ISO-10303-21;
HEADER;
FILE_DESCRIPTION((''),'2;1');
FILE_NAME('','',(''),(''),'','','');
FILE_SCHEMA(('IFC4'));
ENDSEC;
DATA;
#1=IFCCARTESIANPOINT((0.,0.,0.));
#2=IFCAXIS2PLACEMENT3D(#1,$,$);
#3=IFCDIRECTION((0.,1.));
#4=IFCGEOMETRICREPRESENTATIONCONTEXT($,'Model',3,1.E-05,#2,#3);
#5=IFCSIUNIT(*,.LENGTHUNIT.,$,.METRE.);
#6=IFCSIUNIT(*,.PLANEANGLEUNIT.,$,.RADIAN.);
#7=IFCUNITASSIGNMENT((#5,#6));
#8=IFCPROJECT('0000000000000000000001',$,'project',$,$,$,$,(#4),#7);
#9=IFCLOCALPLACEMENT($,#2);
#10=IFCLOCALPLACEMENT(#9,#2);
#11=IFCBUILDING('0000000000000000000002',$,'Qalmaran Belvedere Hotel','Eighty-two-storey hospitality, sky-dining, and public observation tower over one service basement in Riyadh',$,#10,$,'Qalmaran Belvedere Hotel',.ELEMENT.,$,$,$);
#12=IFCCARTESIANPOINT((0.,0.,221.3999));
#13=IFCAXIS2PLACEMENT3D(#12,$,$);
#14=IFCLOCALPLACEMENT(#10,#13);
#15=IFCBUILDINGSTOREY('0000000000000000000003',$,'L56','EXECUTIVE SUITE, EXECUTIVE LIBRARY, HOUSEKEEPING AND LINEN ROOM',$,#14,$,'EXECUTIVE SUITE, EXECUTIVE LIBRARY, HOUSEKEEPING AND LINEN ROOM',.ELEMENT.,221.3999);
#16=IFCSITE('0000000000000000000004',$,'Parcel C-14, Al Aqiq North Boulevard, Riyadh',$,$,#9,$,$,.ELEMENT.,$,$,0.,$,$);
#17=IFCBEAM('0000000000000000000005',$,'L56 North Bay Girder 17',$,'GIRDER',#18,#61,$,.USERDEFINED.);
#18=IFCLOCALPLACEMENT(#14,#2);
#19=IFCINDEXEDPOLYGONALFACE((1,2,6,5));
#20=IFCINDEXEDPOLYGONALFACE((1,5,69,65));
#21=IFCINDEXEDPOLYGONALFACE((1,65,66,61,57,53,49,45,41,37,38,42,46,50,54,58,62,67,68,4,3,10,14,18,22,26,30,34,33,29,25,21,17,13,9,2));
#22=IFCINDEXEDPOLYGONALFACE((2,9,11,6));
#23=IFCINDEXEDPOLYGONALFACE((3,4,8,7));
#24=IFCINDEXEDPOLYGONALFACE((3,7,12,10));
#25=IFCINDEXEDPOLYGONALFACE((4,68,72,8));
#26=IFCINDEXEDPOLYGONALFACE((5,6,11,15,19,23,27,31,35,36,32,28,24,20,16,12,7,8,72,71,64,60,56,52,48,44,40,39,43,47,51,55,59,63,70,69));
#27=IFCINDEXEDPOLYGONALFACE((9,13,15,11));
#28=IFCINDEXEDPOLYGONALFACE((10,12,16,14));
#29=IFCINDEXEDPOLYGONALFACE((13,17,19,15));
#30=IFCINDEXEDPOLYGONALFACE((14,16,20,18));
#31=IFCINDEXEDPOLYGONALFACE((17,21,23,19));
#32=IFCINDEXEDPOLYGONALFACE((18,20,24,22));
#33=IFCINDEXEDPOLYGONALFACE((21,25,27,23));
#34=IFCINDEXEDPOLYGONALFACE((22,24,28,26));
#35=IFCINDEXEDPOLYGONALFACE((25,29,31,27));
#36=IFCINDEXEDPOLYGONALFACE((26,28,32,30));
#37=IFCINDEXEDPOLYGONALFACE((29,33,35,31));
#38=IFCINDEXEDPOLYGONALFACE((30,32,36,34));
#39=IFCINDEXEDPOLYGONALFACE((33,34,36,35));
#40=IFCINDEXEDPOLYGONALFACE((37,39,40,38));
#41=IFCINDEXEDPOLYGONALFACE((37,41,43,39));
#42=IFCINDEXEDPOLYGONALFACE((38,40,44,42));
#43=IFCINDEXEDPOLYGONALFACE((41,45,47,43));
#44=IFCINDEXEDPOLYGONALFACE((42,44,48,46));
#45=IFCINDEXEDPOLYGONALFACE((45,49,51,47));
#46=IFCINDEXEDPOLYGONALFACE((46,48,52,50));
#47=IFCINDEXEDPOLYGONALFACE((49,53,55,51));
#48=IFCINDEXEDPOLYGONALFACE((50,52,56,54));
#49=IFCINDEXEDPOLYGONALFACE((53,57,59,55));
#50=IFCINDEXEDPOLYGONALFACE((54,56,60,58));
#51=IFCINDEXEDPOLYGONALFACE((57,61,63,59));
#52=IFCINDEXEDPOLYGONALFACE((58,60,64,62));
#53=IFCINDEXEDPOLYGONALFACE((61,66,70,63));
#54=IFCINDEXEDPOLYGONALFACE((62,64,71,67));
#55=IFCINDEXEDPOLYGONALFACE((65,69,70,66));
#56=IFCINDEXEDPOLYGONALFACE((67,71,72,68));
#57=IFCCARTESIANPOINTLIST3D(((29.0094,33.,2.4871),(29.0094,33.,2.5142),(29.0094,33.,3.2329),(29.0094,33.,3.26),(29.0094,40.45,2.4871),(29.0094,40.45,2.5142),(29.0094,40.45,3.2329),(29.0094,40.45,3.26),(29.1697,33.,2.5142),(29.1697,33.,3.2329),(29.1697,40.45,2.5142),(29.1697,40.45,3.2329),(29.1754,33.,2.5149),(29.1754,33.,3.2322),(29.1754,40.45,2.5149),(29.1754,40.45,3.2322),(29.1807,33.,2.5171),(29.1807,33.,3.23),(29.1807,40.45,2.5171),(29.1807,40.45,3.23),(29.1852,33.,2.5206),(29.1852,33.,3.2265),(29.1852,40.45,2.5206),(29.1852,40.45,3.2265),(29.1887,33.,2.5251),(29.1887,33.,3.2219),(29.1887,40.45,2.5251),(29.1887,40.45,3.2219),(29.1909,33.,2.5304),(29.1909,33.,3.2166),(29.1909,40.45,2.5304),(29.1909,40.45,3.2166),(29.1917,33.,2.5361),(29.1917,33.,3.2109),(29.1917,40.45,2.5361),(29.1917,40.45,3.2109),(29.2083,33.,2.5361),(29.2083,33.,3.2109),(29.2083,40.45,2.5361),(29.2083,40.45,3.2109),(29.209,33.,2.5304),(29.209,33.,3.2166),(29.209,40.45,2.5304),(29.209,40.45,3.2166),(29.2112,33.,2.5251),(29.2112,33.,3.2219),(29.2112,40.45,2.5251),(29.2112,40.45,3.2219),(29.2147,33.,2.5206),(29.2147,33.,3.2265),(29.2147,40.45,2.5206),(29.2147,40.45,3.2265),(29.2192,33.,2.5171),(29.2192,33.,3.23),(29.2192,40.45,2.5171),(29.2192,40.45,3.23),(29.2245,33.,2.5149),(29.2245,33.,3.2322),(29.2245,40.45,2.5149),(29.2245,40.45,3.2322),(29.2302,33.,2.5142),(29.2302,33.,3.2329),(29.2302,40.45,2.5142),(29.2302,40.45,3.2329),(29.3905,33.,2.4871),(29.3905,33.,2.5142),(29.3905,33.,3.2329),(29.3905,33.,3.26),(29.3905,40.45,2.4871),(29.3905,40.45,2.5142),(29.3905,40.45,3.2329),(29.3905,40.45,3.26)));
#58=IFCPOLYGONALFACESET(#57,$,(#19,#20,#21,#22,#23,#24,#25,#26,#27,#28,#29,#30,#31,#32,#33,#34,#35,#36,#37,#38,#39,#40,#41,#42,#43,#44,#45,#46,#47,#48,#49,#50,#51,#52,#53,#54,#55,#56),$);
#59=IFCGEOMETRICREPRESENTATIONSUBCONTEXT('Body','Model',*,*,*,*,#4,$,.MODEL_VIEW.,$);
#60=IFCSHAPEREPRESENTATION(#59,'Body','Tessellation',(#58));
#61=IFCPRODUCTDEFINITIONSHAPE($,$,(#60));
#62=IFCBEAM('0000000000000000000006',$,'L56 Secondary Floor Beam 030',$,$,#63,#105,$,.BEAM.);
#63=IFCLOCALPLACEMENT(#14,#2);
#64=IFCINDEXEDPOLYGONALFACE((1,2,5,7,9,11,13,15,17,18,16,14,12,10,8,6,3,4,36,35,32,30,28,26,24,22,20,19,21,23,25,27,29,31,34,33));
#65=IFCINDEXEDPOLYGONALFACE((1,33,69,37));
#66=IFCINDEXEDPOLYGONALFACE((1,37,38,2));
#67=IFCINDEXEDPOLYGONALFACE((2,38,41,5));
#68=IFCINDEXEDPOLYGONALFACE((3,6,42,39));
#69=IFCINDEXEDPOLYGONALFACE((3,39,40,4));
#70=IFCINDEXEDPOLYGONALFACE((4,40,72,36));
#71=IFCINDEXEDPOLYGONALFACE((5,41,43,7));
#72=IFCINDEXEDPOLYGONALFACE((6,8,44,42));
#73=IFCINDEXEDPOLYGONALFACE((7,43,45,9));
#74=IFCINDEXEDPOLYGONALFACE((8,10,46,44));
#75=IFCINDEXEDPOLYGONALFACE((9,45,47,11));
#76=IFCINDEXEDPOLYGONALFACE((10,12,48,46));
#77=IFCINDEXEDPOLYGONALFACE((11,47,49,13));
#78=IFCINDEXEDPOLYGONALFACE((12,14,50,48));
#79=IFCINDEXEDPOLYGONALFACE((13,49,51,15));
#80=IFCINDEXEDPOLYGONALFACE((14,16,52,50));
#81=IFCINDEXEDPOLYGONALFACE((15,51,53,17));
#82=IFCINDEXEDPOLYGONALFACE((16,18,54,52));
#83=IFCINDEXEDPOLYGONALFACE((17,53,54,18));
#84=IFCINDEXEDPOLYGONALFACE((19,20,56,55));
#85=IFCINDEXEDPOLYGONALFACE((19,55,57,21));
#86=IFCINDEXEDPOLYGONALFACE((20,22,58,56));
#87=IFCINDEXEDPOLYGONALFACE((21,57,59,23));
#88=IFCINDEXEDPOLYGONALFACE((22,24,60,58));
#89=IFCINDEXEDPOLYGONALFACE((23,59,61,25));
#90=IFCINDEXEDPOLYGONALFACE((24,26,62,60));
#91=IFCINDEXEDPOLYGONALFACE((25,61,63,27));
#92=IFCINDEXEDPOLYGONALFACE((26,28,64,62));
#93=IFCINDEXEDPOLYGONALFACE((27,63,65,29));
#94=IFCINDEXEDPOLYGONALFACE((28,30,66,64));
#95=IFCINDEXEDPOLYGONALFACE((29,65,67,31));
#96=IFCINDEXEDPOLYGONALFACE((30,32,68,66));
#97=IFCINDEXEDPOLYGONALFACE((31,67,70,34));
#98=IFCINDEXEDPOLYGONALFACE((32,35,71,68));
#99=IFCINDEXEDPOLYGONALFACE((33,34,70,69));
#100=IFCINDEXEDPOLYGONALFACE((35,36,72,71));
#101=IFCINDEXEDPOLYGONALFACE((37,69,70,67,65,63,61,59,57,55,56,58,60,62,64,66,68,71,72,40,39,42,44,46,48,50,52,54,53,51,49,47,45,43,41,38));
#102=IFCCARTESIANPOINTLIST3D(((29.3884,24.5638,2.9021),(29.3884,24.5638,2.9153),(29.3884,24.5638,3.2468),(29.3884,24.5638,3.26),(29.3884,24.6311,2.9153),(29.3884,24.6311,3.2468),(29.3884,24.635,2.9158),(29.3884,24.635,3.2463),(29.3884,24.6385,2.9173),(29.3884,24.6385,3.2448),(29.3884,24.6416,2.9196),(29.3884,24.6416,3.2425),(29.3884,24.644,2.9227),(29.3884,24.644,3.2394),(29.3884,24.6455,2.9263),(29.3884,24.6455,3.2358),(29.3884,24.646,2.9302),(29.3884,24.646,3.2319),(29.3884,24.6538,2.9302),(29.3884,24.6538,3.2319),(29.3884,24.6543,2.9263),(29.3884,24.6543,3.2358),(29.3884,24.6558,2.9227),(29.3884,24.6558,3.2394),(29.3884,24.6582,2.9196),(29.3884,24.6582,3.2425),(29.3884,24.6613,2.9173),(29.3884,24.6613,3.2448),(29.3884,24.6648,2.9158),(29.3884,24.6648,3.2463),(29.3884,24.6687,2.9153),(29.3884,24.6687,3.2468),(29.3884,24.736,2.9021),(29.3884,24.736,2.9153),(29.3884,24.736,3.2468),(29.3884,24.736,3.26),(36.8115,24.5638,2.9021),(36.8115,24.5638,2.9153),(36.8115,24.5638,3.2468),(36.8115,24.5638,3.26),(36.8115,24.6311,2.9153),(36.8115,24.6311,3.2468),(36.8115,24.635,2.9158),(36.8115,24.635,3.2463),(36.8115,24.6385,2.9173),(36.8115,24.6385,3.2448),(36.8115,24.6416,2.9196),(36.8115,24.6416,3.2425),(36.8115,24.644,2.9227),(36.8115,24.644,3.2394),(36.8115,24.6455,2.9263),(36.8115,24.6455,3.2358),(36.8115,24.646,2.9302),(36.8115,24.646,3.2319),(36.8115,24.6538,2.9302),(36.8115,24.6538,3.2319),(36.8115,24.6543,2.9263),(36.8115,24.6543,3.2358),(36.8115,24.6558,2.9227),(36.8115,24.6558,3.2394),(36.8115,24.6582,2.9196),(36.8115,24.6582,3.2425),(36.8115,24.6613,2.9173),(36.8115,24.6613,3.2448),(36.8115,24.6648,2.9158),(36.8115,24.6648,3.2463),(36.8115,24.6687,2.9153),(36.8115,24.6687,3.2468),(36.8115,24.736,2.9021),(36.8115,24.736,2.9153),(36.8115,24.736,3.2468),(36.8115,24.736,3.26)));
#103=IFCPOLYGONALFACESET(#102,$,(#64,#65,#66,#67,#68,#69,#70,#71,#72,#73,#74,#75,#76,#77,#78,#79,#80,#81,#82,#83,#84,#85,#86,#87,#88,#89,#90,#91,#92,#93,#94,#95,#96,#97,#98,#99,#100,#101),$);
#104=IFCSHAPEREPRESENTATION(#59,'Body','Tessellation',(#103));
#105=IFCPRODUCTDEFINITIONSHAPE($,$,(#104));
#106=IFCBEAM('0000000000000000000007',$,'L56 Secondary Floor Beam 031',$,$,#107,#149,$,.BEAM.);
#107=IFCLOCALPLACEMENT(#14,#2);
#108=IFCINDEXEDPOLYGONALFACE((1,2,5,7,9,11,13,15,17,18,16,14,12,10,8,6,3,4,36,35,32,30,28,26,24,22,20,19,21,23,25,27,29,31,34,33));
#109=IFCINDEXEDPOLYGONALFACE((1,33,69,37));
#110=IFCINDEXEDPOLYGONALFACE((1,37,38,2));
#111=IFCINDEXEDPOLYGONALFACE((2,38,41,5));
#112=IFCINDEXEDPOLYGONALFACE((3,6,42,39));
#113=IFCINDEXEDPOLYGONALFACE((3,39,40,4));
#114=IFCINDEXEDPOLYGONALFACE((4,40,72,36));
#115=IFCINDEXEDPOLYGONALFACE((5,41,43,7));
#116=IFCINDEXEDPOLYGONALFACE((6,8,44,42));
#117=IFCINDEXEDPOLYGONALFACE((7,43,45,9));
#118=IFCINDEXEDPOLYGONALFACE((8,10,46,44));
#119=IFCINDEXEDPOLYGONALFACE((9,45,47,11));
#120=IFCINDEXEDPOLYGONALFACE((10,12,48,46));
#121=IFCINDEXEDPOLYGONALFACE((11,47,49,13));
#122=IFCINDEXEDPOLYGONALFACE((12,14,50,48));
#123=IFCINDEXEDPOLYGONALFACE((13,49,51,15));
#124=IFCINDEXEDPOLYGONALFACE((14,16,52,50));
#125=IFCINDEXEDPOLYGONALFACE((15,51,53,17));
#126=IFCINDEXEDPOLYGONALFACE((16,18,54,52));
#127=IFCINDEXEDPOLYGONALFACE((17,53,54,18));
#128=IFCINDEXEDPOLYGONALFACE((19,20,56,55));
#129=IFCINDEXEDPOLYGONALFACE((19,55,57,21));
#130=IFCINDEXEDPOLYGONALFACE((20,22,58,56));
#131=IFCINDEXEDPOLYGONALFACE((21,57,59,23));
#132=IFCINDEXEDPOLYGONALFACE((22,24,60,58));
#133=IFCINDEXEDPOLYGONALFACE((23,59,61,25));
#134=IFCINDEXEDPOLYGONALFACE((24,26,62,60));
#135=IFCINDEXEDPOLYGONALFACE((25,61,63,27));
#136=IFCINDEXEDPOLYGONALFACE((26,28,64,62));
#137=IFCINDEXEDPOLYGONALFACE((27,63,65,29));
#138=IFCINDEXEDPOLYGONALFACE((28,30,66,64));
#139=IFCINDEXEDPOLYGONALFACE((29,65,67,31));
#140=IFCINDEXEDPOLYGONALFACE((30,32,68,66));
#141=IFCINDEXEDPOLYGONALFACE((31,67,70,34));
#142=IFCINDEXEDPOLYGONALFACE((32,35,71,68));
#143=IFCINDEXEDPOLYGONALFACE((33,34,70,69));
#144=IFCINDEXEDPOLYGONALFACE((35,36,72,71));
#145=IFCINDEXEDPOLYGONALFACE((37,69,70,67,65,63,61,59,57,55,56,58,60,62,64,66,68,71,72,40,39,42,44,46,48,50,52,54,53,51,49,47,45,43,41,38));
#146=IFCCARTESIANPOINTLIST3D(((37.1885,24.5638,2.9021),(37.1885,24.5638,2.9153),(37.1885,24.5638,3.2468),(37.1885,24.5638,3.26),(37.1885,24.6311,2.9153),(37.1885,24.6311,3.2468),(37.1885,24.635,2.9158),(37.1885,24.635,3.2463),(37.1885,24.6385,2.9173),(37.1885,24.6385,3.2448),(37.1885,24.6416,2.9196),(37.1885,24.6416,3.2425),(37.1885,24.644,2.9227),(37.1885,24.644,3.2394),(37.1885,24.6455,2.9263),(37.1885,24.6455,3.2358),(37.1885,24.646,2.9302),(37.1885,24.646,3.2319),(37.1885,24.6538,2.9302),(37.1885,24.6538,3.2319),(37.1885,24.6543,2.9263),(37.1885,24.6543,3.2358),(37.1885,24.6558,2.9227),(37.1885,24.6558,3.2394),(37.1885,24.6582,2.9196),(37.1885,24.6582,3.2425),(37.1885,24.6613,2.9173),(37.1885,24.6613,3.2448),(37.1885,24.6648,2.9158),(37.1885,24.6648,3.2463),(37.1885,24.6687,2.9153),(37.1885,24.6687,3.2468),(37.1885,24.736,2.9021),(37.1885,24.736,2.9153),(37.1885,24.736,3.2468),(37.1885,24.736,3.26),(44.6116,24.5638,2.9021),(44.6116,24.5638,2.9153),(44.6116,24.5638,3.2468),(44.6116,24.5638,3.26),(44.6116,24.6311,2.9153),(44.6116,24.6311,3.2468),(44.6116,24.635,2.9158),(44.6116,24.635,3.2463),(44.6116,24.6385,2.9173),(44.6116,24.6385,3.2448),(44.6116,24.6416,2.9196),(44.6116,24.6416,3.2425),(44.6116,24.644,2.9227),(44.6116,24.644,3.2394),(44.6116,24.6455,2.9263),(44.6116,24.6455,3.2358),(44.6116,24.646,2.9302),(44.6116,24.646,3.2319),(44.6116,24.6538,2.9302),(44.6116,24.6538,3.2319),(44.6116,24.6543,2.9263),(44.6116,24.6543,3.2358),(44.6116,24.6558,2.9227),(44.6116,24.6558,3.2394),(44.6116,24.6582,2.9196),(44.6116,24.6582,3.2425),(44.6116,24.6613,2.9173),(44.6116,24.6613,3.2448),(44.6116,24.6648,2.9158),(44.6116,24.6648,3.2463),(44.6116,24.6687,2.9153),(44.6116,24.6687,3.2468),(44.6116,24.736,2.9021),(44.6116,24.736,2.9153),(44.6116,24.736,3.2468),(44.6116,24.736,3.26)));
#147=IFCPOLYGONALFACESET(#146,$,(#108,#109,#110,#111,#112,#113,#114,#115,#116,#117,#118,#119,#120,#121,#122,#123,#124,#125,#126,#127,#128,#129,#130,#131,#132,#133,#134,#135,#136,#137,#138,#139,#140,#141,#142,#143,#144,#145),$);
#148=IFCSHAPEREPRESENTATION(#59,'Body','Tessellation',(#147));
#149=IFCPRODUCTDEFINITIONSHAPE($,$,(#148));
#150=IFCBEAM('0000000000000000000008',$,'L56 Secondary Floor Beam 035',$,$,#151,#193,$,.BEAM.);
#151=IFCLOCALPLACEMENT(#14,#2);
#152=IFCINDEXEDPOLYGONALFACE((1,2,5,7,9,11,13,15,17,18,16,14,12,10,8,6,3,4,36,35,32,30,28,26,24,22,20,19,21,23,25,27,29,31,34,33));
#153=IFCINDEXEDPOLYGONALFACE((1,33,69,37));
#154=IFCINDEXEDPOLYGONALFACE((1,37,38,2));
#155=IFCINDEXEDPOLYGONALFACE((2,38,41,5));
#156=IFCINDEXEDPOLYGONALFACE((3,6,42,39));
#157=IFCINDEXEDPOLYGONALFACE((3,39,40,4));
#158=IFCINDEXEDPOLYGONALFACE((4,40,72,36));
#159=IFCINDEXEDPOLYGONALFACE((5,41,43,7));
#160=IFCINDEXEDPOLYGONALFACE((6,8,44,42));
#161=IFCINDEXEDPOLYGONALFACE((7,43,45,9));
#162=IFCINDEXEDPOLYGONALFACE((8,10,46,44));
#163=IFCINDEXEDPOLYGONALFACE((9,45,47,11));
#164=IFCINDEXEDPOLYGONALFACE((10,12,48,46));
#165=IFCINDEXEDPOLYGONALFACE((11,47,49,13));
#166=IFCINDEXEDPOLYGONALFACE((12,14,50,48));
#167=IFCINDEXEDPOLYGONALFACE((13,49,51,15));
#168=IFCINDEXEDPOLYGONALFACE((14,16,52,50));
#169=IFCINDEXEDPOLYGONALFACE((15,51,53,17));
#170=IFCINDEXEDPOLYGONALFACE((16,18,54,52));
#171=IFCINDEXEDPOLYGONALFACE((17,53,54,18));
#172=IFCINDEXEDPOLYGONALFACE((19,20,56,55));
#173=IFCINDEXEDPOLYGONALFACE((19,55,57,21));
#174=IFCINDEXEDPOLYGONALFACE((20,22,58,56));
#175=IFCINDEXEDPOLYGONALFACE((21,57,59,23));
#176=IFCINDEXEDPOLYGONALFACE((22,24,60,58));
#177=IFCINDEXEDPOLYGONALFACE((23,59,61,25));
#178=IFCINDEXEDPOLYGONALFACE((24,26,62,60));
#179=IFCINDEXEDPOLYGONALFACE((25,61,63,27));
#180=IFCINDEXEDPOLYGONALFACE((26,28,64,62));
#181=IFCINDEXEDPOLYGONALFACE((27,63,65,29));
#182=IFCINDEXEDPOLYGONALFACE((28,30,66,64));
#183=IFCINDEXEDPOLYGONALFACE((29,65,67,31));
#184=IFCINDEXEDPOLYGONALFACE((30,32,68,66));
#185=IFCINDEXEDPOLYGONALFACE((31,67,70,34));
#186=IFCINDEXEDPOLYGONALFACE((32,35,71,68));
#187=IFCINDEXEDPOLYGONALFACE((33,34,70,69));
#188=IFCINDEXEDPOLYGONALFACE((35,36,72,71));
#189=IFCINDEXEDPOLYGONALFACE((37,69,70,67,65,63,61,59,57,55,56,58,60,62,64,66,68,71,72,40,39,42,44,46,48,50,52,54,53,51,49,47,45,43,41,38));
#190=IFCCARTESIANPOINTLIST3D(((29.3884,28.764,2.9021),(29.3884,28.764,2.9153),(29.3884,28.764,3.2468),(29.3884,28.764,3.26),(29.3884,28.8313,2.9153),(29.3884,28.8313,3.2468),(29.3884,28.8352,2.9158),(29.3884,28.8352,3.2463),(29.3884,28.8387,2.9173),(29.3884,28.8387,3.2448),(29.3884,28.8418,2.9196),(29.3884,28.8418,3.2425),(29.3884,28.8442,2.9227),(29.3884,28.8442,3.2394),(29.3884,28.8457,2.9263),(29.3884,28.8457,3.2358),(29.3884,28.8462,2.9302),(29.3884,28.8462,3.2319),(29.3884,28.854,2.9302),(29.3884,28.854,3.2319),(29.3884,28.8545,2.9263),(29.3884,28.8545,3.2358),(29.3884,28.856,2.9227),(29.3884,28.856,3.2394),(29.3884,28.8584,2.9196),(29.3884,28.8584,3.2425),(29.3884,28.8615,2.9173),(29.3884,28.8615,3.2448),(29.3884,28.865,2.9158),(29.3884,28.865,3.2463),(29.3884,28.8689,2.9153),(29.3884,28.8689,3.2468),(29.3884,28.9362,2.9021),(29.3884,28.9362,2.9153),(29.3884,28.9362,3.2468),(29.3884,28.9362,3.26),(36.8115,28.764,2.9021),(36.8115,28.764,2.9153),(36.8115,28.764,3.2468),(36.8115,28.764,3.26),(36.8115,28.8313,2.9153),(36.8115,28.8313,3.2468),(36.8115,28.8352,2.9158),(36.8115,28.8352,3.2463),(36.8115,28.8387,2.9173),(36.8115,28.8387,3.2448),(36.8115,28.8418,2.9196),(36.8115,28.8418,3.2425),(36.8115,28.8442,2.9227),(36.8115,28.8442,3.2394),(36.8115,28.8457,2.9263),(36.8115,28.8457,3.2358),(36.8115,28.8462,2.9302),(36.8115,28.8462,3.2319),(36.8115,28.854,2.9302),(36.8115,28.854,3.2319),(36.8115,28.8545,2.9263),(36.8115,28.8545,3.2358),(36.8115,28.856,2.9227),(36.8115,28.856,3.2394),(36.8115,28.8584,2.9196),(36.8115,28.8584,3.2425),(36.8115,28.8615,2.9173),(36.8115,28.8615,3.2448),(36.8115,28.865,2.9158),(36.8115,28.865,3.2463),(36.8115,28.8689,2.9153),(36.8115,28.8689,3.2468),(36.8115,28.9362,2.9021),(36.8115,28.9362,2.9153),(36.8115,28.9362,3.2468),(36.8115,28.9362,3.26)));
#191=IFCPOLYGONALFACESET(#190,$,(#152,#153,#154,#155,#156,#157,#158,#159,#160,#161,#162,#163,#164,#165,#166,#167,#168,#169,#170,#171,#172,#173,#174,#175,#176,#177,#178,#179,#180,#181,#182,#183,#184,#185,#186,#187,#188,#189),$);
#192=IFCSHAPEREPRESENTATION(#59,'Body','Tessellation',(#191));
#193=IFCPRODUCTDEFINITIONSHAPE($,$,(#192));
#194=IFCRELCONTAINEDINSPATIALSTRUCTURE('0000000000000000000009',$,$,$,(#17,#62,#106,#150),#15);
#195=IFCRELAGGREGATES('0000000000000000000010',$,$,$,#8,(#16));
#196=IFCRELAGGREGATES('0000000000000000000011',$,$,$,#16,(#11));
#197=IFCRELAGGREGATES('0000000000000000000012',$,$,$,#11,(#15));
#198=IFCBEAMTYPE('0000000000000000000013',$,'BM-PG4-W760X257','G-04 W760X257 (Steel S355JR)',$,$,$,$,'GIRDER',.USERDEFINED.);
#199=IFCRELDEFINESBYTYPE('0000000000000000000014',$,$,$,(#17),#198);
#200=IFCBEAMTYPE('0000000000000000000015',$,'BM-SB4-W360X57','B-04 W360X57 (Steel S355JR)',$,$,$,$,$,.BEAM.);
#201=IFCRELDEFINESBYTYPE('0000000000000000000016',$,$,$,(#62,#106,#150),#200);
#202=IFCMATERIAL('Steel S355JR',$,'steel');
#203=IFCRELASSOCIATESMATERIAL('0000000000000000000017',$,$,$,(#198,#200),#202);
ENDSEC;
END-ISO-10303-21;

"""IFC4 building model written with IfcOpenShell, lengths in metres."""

from ifc_helpers import new_model, si_unit, direction, frame, origin, origin_2d, place, context, subcontext, project, spatial, i_section, extrude, material, material_profile, profile_set, type_object, element, save


model = new_model("IFC4")

# Units and contexts
model_context = context("Model", 3, precision=1e-05, world=origin(), true_north=direction((0.0, 1.0)))
body_context = subcontext(model_context, "Body", "Model", "MODEL_VIEW")
ifc_project = project(units=[si_unit("LENGTHUNIT", "METRE"), si_unit("PLANEANGLEUNIT", "RADIAN")], contexts=[model_context])

# Site, building, storey
site_placement = place(None, origin())
site = spatial("IfcSite", under=ifc_project, at=site_placement, Name="Parcel C-14, Al Aqiq North Boulevard, Riyadh", CompositionType="ELEMENT", RefElevation=0.0)
building_placement = place(site_placement, origin())
building = spatial("IfcBuilding", under=site, at=building_placement, Name="Qalmaran Belvedere Hotel", Description="Eighty-two-storey hospitality, sky-dining, and public observation tower over one service basement in Riyadh", LongName="Qalmaran Belvedere Hotel", CompositionType="ELEMENT")
storey_placement = place(building_placement, frame((0.0, 0.0, 221.3999)))
storey = spatial("IfcBuildingStorey", under=building, at=storey_placement, Name="L56", Description="EXECUTIVE SUITE, EXECUTIVE LIBRARY, HOUSEKEEPING AND LINEN ROOM", LongName="EXECUTIVE SUITE, EXECUTIVE LIBRARY, HOUSEKEEPING AND LINEN ROOM", CompositionType="ELEMENT", Elevation=221.3999)

# Beams
ifc_material_1 = material(Name="Steel S355JR", Category="steel")
ifc_material_profile_1 = material_profile(ifc_material_1, i_section(OverallWidth=0.3811, OverallDepth=0.7729, WebThickness=0.0166, FlangeThickness=0.0271, FilletRadius=0.022, at=origin_2d()), Name="W760X257")
ifc_profile_set_1 = profile_set([ifc_material_profile_1], Name="Steel S355JR")
beam_type_1 = type_object("IfcBeamType", Name="BM-PG4-W760X257", Description="G-04 W760X257 (Steel S355JR)", ElementType="GIRDER", PredefinedType="USERDEFINED", material=ifc_profile_set_1)
beam_1_placement = place(storey_placement, frame((29.2, 33.0, 2.8735), z_axis=(0.0, 1.0, 0.0), x_axis=(-1.0, 0.0, 0.0)))
element("IfcBeam", 1, at=beam_1_placement, inside=storey, type_object=beam_type_1, Name="L56 North Bay Girder 17", ObjectType="GIRDER", PredefinedType="USERDEFINED", context=body_context, shape_type="SweptSolid", body=[
    extrude(i_section(OverallWidth=0.3811, OverallDepth=0.7729, WebThickness=0.0166, FlangeThickness=0.0271, FilletRadius=0.022, at=origin_2d()), origin(), (0.0, 0.0, 1.0), 7.45),
])
ifc_material_profile_2 = material_profile(ifc_material_1, i_section(OverallWidth=0.1721, OverallDepth=0.3579, WebThickness=0.0078, FlangeThickness=0.0132, FilletRadius=0.0149, at=origin_2d()), Name="W360X57")
ifc_profile_set_2 = profile_set([ifc_material_profile_2], Name="Steel S355JR")
beam_type_2 = type_object("IfcBeamType", Name="BM-SB4-W360X57", Description="B-04 W360X57 (Steel S355JR)", PredefinedType="BEAM", material=ifc_profile_set_2)
for number, where, z_axis, x_axis, name in (
    (2, (29.3884, 24.6499, 3.0811), (1.0, 0.0, 0.0), (0.0, 1.0, 0.0), "L56 Secondary Floor Beam 030"),
    (3, (37.1885, 24.6499, 3.0811), (1.0, 0.0, 0.0), (0.0, 1.0, 0.0), "L56 Secondary Floor Beam 031"),
    (4, (29.3884, 28.8501, 3.0811), (1.0, 0.0, 0.0), (0.0, 1.0, 0.0), "L56 Secondary Floor Beam 035"),
):
    element("IfcBeam", number, at=place(storey_placement, frame(where, z_axis=z_axis, x_axis=x_axis)), inside=storey, type_object=beam_type_2, Name=name, PredefinedType="BEAM", context=body_context, shape_type="SweptSolid", body=[
        extrude(i_section(OverallWidth=0.1721, OverallDepth=0.3579, WebThickness=0.0078, FlangeThickness=0.0132, FilletRadius=0.0149, at=origin_2d()), origin(), (0.0, 0.0, 1.0), 7.4231),
    ])

save(model, "model.ifc")
